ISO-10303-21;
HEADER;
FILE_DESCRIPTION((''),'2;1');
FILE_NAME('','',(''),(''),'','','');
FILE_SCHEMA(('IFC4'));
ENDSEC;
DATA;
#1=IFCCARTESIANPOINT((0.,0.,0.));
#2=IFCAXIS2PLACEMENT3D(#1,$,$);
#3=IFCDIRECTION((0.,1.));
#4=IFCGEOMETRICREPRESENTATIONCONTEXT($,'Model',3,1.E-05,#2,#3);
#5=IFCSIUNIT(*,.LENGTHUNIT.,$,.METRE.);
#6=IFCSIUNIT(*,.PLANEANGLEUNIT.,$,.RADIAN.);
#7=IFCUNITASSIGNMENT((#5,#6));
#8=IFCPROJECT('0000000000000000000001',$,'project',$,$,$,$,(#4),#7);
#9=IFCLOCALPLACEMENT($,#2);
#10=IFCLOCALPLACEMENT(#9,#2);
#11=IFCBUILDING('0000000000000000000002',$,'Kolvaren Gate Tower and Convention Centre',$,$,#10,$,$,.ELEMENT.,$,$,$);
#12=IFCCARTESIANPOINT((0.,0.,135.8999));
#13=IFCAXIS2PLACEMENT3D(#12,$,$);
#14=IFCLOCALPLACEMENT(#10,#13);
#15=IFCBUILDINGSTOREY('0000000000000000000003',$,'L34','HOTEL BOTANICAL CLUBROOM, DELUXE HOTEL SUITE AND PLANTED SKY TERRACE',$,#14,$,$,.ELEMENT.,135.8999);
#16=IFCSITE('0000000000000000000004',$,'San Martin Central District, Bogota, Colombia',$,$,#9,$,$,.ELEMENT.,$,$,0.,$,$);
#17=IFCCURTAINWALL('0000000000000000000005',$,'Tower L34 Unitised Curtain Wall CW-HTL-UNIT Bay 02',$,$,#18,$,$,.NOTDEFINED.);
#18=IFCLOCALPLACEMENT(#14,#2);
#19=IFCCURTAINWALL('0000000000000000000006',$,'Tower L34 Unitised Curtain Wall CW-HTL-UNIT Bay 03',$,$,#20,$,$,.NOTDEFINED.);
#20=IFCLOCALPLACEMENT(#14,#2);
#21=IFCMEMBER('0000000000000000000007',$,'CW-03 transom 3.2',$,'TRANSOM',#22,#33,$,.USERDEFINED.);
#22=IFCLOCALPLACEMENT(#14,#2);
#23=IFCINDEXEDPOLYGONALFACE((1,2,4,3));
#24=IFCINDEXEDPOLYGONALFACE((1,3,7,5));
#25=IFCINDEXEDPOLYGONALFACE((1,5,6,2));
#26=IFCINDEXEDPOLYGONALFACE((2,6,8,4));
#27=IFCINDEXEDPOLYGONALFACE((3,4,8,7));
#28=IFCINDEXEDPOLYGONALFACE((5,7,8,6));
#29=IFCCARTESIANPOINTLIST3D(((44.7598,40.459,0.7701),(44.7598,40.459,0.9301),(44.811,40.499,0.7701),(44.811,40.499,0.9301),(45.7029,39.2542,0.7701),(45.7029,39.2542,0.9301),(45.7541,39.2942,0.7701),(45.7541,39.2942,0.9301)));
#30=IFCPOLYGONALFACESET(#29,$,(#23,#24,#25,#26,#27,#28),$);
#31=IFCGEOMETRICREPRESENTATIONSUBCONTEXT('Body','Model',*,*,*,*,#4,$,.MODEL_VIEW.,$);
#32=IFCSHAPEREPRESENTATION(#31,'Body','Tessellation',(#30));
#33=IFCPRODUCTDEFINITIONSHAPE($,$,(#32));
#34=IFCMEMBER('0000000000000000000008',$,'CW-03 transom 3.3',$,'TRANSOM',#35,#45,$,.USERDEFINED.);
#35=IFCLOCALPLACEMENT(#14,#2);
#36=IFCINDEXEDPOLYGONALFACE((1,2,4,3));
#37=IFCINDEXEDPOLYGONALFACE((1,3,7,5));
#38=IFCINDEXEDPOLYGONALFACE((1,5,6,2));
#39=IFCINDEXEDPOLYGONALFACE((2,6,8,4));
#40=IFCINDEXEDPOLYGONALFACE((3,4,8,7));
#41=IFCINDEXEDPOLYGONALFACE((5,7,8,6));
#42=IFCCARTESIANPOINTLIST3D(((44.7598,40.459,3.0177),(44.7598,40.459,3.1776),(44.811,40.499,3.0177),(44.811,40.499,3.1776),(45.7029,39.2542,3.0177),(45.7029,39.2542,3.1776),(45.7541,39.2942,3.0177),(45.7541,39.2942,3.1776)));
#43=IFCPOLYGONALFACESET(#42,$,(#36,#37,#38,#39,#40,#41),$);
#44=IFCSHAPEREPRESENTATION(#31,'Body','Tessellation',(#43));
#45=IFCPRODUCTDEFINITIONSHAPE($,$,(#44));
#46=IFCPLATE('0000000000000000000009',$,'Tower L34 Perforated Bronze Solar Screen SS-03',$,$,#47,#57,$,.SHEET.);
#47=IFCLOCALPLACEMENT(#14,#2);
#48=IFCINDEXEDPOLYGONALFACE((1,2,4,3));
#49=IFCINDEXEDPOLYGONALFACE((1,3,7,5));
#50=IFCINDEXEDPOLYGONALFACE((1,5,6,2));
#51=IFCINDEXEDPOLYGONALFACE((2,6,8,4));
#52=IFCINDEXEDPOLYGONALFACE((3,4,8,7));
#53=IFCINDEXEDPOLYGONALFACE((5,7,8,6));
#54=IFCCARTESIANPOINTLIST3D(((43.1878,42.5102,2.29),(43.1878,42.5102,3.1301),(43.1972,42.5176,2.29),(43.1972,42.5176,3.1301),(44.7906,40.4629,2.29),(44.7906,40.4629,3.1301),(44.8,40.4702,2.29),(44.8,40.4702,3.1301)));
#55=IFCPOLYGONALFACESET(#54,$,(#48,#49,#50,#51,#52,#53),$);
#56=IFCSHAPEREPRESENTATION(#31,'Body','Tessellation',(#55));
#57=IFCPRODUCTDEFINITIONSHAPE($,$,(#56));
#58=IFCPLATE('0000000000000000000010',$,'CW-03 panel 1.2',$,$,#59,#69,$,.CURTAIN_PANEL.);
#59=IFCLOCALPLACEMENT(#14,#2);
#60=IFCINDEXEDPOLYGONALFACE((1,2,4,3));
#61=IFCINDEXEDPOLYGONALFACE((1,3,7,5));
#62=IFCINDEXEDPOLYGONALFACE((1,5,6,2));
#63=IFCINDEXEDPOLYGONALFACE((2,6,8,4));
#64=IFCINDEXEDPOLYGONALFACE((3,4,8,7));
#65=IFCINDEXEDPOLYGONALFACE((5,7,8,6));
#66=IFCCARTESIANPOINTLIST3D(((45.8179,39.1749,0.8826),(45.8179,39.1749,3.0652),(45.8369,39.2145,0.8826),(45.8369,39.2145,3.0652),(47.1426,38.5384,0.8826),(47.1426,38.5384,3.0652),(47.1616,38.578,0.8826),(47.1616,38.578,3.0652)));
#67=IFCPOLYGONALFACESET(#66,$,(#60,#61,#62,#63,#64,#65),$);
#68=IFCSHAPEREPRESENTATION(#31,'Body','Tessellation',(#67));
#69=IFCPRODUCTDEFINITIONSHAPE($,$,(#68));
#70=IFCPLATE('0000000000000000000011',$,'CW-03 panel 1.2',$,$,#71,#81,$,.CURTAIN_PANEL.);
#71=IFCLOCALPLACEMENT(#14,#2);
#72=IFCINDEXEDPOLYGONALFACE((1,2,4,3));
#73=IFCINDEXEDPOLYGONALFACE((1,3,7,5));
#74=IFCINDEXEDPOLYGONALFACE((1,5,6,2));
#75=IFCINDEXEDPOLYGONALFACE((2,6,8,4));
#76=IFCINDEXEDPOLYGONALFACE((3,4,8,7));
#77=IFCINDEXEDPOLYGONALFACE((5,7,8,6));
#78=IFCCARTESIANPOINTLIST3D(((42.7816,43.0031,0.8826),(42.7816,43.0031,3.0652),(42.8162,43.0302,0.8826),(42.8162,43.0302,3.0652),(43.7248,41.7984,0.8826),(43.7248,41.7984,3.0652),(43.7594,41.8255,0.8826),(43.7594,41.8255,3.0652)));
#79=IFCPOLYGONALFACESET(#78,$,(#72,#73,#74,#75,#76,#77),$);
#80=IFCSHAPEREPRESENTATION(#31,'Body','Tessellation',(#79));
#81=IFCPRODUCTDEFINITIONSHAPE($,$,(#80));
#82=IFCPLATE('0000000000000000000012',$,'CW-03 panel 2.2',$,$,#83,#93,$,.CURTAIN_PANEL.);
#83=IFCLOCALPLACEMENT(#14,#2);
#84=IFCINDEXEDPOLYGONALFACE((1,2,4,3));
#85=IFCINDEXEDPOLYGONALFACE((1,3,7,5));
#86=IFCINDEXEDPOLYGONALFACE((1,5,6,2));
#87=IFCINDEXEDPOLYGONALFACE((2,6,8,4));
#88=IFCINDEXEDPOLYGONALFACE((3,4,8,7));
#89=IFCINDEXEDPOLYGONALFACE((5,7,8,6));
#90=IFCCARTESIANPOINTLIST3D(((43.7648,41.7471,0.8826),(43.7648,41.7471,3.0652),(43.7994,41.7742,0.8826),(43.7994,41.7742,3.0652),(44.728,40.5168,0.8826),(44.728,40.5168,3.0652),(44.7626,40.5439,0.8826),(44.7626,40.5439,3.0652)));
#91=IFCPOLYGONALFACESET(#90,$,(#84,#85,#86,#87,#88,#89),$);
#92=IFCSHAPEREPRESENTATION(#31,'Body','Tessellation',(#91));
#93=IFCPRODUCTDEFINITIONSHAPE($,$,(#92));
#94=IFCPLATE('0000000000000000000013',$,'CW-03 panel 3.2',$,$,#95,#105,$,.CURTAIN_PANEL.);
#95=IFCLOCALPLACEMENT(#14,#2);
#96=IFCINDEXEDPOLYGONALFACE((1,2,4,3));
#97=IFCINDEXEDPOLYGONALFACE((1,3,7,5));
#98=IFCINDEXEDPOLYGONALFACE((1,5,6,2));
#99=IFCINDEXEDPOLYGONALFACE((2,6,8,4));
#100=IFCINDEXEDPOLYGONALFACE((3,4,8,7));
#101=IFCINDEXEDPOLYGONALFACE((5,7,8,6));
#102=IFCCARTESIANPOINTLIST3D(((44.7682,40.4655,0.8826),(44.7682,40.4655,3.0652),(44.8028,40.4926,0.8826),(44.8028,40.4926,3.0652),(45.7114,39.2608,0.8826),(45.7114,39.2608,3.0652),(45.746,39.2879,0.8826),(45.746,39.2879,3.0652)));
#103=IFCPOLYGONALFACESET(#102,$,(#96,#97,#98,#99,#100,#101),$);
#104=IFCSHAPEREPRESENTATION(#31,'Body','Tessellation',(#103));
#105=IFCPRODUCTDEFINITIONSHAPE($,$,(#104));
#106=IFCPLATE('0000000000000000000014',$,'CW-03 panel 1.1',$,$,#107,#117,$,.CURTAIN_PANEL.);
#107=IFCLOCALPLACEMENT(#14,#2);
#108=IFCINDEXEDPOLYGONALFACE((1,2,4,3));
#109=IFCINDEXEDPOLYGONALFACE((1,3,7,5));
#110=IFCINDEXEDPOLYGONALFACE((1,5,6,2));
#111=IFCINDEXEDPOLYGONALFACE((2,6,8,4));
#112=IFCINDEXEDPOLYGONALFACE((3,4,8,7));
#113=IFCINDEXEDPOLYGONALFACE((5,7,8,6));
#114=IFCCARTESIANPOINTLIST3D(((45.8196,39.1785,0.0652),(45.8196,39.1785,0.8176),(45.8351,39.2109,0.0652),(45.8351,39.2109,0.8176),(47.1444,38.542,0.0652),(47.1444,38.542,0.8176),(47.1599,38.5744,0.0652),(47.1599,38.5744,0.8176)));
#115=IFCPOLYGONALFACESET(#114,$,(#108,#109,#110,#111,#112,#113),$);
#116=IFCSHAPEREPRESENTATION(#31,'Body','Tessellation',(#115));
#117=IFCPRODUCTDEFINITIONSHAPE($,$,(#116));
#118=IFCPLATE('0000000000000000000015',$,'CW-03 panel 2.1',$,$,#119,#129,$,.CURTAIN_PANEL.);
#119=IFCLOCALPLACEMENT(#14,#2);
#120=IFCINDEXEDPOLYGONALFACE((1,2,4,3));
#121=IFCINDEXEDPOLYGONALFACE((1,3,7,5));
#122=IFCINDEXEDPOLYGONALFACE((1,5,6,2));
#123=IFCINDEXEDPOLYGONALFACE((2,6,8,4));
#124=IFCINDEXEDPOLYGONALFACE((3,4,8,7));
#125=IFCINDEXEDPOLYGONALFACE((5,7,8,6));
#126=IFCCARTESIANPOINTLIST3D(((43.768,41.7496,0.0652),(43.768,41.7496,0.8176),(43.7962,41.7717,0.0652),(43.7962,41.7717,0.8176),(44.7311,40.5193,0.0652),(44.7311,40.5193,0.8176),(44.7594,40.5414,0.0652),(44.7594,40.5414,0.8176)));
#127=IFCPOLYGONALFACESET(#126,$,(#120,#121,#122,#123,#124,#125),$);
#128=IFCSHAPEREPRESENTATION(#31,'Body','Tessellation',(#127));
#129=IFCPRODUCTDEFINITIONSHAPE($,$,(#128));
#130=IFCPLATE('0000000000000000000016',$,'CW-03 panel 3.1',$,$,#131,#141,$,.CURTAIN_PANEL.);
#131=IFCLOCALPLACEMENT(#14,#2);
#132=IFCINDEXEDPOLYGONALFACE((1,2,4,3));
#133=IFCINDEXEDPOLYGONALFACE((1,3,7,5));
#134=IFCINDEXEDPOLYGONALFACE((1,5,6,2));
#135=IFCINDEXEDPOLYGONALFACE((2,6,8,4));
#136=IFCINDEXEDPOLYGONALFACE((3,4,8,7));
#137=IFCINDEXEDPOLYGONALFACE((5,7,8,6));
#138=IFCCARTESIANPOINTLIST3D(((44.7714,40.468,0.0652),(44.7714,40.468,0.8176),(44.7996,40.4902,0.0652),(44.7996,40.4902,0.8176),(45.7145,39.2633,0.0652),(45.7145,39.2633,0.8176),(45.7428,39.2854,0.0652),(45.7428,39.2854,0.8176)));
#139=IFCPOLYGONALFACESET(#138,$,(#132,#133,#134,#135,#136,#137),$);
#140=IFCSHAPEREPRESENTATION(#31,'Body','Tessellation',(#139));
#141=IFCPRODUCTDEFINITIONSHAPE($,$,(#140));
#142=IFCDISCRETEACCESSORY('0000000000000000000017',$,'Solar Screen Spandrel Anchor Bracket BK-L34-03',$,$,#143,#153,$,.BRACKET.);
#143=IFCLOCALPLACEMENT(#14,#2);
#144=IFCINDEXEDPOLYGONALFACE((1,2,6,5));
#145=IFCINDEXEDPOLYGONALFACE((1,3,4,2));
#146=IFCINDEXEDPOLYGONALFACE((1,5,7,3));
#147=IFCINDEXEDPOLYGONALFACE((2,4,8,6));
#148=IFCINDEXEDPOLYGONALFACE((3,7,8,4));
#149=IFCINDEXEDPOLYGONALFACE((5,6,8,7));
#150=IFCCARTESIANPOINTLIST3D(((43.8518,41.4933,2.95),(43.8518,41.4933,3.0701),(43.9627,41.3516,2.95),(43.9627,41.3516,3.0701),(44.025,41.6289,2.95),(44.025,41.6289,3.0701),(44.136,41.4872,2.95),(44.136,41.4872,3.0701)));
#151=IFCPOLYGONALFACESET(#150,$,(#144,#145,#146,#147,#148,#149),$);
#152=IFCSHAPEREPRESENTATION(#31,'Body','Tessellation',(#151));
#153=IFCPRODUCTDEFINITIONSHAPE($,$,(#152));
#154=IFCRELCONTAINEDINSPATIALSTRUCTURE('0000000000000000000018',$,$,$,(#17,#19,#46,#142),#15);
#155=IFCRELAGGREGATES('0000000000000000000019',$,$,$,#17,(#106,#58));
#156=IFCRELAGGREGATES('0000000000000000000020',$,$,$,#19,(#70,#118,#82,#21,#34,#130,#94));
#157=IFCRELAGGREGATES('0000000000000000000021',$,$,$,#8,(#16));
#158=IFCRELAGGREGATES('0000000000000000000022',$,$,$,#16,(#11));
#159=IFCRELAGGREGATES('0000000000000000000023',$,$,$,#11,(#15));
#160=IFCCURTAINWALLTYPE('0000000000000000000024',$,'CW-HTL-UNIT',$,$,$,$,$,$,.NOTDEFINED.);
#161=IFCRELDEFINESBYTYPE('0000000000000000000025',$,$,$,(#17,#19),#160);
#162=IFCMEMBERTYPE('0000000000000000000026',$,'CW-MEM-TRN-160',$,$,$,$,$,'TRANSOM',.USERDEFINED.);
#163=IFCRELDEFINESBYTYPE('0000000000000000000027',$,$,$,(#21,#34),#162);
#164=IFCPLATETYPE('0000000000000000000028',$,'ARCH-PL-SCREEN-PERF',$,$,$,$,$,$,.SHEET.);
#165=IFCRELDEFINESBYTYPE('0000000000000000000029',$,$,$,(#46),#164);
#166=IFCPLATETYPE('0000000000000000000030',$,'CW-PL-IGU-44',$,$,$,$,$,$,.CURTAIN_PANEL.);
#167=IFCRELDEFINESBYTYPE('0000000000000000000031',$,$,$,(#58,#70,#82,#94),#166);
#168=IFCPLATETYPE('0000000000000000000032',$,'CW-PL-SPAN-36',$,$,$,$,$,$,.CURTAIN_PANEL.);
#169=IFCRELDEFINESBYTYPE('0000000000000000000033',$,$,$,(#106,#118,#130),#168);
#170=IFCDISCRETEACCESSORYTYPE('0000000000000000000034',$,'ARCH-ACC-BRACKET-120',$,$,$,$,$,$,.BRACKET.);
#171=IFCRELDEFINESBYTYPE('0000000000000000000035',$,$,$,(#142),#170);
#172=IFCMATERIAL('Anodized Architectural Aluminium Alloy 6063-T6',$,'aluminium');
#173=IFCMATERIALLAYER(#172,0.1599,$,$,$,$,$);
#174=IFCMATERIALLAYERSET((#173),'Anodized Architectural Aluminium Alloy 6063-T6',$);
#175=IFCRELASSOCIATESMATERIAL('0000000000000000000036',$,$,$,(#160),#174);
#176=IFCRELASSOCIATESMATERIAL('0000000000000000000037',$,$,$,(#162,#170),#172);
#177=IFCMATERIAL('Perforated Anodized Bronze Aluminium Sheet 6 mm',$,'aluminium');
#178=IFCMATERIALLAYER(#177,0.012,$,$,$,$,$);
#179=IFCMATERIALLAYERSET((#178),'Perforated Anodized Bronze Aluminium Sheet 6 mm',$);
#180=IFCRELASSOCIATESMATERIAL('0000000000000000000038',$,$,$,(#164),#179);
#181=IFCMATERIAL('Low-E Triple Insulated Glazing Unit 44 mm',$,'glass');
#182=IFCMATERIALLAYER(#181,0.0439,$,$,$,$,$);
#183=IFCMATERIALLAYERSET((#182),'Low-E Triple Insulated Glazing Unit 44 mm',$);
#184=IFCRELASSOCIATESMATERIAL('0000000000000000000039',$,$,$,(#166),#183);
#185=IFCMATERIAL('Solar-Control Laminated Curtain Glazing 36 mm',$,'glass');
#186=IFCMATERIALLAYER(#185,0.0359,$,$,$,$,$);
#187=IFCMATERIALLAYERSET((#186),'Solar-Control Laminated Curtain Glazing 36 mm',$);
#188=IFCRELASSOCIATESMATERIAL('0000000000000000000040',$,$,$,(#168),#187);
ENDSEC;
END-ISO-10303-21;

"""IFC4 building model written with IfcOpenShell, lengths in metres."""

from ifc_helpers import new_model, si_unit, direction, frame, origin, origin_2d, place, context, subcontext, project, spatial, rectangle, extrude, material, layer, layer_set, material_profile, profile_set, type_object, element, aggregate, save


model = new_model("IFC4")

# Units and contexts
model_context = context("Model", 3, precision=1e-05, world=origin(), true_north=direction((0.0, 1.0)))
body_context = subcontext(model_context, "Body", "Model", "MODEL_VIEW")
ifc_project = project(units=[si_unit("LENGTHUNIT", "METRE"), si_unit("PLANEANGLEUNIT", "RADIAN")], contexts=[model_context])

# Site, building, storey
site_placement = place(None, origin())
site = spatial("IfcSite", under=ifc_project, at=site_placement, Name="San Martin Central District, Bogota, Colombia", CompositionType="ELEMENT", RefElevation=0.0)
building_placement = place(site_placement, origin())
building = spatial("IfcBuilding", under=site, at=building_placement, Name="Kolvaren Gate Tower and Convention Centre", CompositionType="ELEMENT")
storey_placement = place(building_placement, frame((0.0, 0.0, 135.8999)))
storey = spatial("IfcBuildingStorey", under=building, at=storey_placement, Name="L34", Description="HOTEL BOTANICAL CLUBROOM, DELUXE HOTEL SUITE AND PLANTED SKY TERRACE", CompositionType="ELEMENT", Elevation=135.8999)

# Curtain walls
ifc_material_1 = material(Name="Anodized Architectural Aluminium Alloy 6063-T6", Category="aluminium")
ifc_layer_1 = layer(ifc_material_1, 0.1599)
ifc_layer_set_1 = layer_set([ifc_layer_1], Name="Anodized Architectural Aluminium Alloy 6063-T6")
curtain_wall_type = type_object("IfcCurtainWallType", Name="CW-HTL-UNIT", PredefinedType="NOTDEFINED", material=ifc_layer_set_1)
curtain_wall_1_placement = place(storey_placement, origin())
curtain_wall_1 = element("IfcCurtainWall", 1, at=curtain_wall_1_placement, inside=storey, type_object=curtain_wall_type, Name="Tower L34 Unitised Curtain Wall CW-HTL-UNIT Bay 02", PredefinedType="NOTDEFINED")
curtain_wall_2_placement = place(storey_placement, origin())
curtain_wall_2 = element("IfcCurtainWall", 2, at=curtain_wall_2_placement, inside=storey, type_object=curtain_wall_type, Name="Tower L34 Unitised Curtain Wall CW-HTL-UNIT Bay 03", PredefinedType="NOTDEFINED")

# Members
ifc_material_profile_1 = material_profile(ifc_material_1, rectangle(XDim=0.0649, YDim=0.1599, at=origin_2d()), Name="CW-MEM-TRN-160")
ifc_profile_set_1 = profile_set([ifc_material_profile_1], Name="Anodized Architectural Aluminium Alloy 6063-T6")
member_type_1 = type_object("IfcMemberType", Name="CW-MEM-TRN-160", ElementType="TRANSOM", PredefinedType="USERDEFINED", material=ifc_profile_set_1)
member_1_placement = place(storey_placement, frame((44.7854, 40.479, 0.8501), z_axis=(0.61639, -0.787441, 0.0), x_axis=(0.787441, 0.61639, 0.0)))
member_1 = element("IfcMember", 3, at=member_1_placement, type_object=member_type_1, Name="CW-03 transom 3.2", ObjectType="TRANSOM", PredefinedType="USERDEFINED", context=body_context, shape_type="SweptSolid", body=[
    extrude(rectangle(XDim=0.0649, YDim=0.1599, at=origin_2d()), origin(), (0.0, 0.0, 1.0), 1.53),
])
member_2_placement = place(storey_placement, frame((44.7854, 40.479, 3.0977), z_axis=(0.61639, -0.787441, 0.0), x_axis=(0.787441, 0.61639, 0.0)))
member_2 = element("IfcMember", 4, at=member_2_placement, type_object=member_type_1, Name="CW-03 transom 3.3", ObjectType="TRANSOM", PredefinedType="USERDEFINED", context=body_context, shape_type="SweptSolid", body=[
    extrude(rectangle(XDim=0.0649, YDim=0.1599, at=origin_2d()), origin(), (0.0, 0.0, 1.0), 1.53),
])

# Plates
ifc_material_2 = material(Name="Perforated Anodized Bronze Aluminium Sheet 6 mm", Category="aluminium")
ifc_layer_2 = layer(ifc_material_2, 0.012)
ifc_layer_set_2 = layer_set([ifc_layer_2], Name="Perforated Anodized Bronze Aluminium Sheet 6 mm")
plate_type_1 = type_object("IfcPlateType", Name="ARCH-PL-SCREEN-PERF", PredefinedType="SHEET", material=ifc_layer_set_2)
plate_1_placement = place(storey_placement, frame((43.9939, 41.4902, 2.29), z_axis=(0.0, 0.0, 1.0), x_axis=(0.616424, -0.787414, 0.0)))
element("IfcPlate", 5, at=plate_1_placement, inside=storey, type_object=plate_type_1, Name="Tower L34 Perforated Bronze Solar Screen SS-03", PredefinedType="SHEET", context=body_context, shape_type="SweptSolid", body=[
    extrude(rectangle(XDim=2.6001, YDim=0.012, at=origin_2d()), origin(), (0.0, 0.0, 1.0), 0.8401),
])
ifc_material_3 = material(Name="Low-E Triple Insulated Glazing Unit 44 mm", Category="glass")
ifc_layer_3 = layer(ifc_material_3, 0.0439)
ifc_layer_set_3 = layer_set([ifc_layer_3], Name="Low-E Triple Insulated Glazing Unit 44 mm")
plate_type_2 = type_object("IfcPlateType", Name="CW-PL-IGU-44", PredefinedType="CURTAIN_PANEL", material=ifc_layer_set_3)
plate_2_placement = place(storey_placement, frame((46.4897, 38.8765, 0.8826), z_axis=(0.0, 0.0, 1.0), x_axis=(0.90136, -0.433071, 0.0)))
plate_2 = element("IfcPlate", 6, at=plate_2_placement, type_object=plate_type_2, Name="CW-03 panel 1.2", PredefinedType="CURTAIN_PANEL", context=body_context, shape_type="SweptSolid", body=[
    extrude(rectangle(XDim=1.4697, YDim=0.0439, at=origin_2d()), origin(), (0.0, 0.0, 1.0), 2.1826),
])
plate_3_placement = place(storey_placement, frame((43.2705, 42.4143, 0.8826), z_axis=(0.0, 0.0, 1.0), x_axis=(0.616426, -0.787413, 0.0)))
plate_3 = element("IfcPlate", 7, at=plate_3_placement, type_object=plate_type_2, Name="CW-03 panel 1.2", PredefinedType="CURTAIN_PANEL", context=body_context, shape_type="SweptSolid", body=[
    extrude(rectangle(XDim=1.53, YDim=0.0439, at=origin_2d()), origin(), (0.0, 0.0, 1.0), 2.1826),
])
plate_4_placement = place(storey_placement, frame((44.2637, 41.1455, 0.8826), z_axis=(0.0, 0.0, 1.0), x_axis=(0.616426, -0.787413, 0.0)))
plate_4 = element("IfcPlate", 8, at=plate_4_placement, type_object=plate_type_2, Name="CW-03 panel 2.2", PredefinedType="CURTAIN_PANEL", context=body_context, shape_type="SweptSolid", body=[
    extrude(rectangle(XDim=1.5625, YDim=0.0439, at=origin_2d()), origin(), (0.0, 0.0, 1.0), 2.1826),
])
plate_5_placement = place(storey_placement, frame((45.2571, 39.8767, 0.8826), z_axis=(0.0, 0.0, 1.0), x_axis=(0.616426, -0.787413, 0.0)))
plate_5 = element("IfcPlate", 9, at=plate_5_placement, type_object=plate_type_2, Name="CW-03 panel 3.2", PredefinedType="CURTAIN_PANEL", context=body_context, shape_type="SweptSolid", body=[
    extrude(rectangle(XDim=1.53, YDim=0.0439, at=origin_2d()), origin(), (0.0, 0.0, 1.0), 2.1826),
])
ifc_material_4 = material(Name="Solar-Control Laminated Curtain Glazing 36 mm", Category="glass")
ifc_layer_4 = layer(ifc_material_4, 0.0359)
ifc_layer_set_4 = layer_set([ifc_layer_4], Name="Solar-Control Laminated Curtain Glazing 36 mm")
plate_type_3 = type_object("IfcPlateType", Name="CW-PL-SPAN-36", PredefinedType="CURTAIN_PANEL", material=ifc_layer_set_4)
plate_6_placement = place(storey_placement, frame((46.4897, 38.8765, 0.0652), z_axis=(0.0, 0.0, 1.0), x_axis=(0.90136, -0.433071, 0.0)))
plate_6 = element("IfcPlate", 10, at=plate_6_placement, type_object=plate_type_3, Name="CW-03 panel 1.1", PredefinedType="CURTAIN_PANEL", context=body_context, shape_type="SweptSolid", body=[
    extrude(rectangle(XDim=1.4697, YDim=0.0359, at=origin_2d()), origin(), (0.0, 0.0, 1.0), 0.7524),
])
aggregate(curtain_wall_1, [plate_6, plate_2])
plate_7_placement = place(storey_placement, frame((44.2637, 41.1455, 0.0652), z_axis=(0.0, 0.0, 1.0), x_axis=(0.616426, -0.787413, 0.0)))
plate_7 = element("IfcPlate", 11, at=plate_7_placement, type_object=plate_type_3, Name="CW-03 panel 2.1", PredefinedType="CURTAIN_PANEL", context=body_context, shape_type="SweptSolid", body=[
    extrude(rectangle(XDim=1.5625, YDim=0.0359, at=origin_2d()), origin(), (0.0, 0.0, 1.0), 0.7524),
])
plate_8_placement = place(storey_placement, frame((45.2571, 39.8767, 0.0652), z_axis=(0.0, 0.0, 1.0), x_axis=(0.616426, -0.787413, 0.0)))
plate_8 = element("IfcPlate", 12, at=plate_8_placement, type_object=plate_type_3, Name="CW-03 panel 3.1", PredefinedType="CURTAIN_PANEL", context=body_context, shape_type="SweptSolid", body=[
    extrude(rectangle(XDim=1.53, YDim=0.0359, at=origin_2d()), origin(), (0.0, 0.0, 1.0), 0.7524),
])
aggregate(curtain_wall_2, [plate_3, plate_7, plate_4, member_1, member_2, plate_8, plate_5])

# Discrete accessory
discrete_accessory_type = type_object("IfcDiscreteAccessoryType", Name="ARCH-ACC-BRACKET-120", PredefinedType="BRACKET", material=ifc_material_1)
discrete_accessory_placement = place(storey_placement, frame((43.9939, 41.4902, 2.95), z_axis=(0.0, 0.0, 1.0), x_axis=(0.616424, -0.787414, 0.0)))
element("IfcDiscreteAccessory", 13, at=discrete_accessory_placement, inside=storey, type_object=discrete_accessory_type, Name="Solar Screen Spandrel Anchor Bracket BK-L34-03", PredefinedType="BRACKET", context=body_context, shape_type="SweptSolid", body=[
    extrude(rectangle(XDim=0.1799, YDim=0.22, at=origin_2d()), origin(), (0.0, 0.0, 1.0), 0.1201),
])

save(model, "model.ifc")
